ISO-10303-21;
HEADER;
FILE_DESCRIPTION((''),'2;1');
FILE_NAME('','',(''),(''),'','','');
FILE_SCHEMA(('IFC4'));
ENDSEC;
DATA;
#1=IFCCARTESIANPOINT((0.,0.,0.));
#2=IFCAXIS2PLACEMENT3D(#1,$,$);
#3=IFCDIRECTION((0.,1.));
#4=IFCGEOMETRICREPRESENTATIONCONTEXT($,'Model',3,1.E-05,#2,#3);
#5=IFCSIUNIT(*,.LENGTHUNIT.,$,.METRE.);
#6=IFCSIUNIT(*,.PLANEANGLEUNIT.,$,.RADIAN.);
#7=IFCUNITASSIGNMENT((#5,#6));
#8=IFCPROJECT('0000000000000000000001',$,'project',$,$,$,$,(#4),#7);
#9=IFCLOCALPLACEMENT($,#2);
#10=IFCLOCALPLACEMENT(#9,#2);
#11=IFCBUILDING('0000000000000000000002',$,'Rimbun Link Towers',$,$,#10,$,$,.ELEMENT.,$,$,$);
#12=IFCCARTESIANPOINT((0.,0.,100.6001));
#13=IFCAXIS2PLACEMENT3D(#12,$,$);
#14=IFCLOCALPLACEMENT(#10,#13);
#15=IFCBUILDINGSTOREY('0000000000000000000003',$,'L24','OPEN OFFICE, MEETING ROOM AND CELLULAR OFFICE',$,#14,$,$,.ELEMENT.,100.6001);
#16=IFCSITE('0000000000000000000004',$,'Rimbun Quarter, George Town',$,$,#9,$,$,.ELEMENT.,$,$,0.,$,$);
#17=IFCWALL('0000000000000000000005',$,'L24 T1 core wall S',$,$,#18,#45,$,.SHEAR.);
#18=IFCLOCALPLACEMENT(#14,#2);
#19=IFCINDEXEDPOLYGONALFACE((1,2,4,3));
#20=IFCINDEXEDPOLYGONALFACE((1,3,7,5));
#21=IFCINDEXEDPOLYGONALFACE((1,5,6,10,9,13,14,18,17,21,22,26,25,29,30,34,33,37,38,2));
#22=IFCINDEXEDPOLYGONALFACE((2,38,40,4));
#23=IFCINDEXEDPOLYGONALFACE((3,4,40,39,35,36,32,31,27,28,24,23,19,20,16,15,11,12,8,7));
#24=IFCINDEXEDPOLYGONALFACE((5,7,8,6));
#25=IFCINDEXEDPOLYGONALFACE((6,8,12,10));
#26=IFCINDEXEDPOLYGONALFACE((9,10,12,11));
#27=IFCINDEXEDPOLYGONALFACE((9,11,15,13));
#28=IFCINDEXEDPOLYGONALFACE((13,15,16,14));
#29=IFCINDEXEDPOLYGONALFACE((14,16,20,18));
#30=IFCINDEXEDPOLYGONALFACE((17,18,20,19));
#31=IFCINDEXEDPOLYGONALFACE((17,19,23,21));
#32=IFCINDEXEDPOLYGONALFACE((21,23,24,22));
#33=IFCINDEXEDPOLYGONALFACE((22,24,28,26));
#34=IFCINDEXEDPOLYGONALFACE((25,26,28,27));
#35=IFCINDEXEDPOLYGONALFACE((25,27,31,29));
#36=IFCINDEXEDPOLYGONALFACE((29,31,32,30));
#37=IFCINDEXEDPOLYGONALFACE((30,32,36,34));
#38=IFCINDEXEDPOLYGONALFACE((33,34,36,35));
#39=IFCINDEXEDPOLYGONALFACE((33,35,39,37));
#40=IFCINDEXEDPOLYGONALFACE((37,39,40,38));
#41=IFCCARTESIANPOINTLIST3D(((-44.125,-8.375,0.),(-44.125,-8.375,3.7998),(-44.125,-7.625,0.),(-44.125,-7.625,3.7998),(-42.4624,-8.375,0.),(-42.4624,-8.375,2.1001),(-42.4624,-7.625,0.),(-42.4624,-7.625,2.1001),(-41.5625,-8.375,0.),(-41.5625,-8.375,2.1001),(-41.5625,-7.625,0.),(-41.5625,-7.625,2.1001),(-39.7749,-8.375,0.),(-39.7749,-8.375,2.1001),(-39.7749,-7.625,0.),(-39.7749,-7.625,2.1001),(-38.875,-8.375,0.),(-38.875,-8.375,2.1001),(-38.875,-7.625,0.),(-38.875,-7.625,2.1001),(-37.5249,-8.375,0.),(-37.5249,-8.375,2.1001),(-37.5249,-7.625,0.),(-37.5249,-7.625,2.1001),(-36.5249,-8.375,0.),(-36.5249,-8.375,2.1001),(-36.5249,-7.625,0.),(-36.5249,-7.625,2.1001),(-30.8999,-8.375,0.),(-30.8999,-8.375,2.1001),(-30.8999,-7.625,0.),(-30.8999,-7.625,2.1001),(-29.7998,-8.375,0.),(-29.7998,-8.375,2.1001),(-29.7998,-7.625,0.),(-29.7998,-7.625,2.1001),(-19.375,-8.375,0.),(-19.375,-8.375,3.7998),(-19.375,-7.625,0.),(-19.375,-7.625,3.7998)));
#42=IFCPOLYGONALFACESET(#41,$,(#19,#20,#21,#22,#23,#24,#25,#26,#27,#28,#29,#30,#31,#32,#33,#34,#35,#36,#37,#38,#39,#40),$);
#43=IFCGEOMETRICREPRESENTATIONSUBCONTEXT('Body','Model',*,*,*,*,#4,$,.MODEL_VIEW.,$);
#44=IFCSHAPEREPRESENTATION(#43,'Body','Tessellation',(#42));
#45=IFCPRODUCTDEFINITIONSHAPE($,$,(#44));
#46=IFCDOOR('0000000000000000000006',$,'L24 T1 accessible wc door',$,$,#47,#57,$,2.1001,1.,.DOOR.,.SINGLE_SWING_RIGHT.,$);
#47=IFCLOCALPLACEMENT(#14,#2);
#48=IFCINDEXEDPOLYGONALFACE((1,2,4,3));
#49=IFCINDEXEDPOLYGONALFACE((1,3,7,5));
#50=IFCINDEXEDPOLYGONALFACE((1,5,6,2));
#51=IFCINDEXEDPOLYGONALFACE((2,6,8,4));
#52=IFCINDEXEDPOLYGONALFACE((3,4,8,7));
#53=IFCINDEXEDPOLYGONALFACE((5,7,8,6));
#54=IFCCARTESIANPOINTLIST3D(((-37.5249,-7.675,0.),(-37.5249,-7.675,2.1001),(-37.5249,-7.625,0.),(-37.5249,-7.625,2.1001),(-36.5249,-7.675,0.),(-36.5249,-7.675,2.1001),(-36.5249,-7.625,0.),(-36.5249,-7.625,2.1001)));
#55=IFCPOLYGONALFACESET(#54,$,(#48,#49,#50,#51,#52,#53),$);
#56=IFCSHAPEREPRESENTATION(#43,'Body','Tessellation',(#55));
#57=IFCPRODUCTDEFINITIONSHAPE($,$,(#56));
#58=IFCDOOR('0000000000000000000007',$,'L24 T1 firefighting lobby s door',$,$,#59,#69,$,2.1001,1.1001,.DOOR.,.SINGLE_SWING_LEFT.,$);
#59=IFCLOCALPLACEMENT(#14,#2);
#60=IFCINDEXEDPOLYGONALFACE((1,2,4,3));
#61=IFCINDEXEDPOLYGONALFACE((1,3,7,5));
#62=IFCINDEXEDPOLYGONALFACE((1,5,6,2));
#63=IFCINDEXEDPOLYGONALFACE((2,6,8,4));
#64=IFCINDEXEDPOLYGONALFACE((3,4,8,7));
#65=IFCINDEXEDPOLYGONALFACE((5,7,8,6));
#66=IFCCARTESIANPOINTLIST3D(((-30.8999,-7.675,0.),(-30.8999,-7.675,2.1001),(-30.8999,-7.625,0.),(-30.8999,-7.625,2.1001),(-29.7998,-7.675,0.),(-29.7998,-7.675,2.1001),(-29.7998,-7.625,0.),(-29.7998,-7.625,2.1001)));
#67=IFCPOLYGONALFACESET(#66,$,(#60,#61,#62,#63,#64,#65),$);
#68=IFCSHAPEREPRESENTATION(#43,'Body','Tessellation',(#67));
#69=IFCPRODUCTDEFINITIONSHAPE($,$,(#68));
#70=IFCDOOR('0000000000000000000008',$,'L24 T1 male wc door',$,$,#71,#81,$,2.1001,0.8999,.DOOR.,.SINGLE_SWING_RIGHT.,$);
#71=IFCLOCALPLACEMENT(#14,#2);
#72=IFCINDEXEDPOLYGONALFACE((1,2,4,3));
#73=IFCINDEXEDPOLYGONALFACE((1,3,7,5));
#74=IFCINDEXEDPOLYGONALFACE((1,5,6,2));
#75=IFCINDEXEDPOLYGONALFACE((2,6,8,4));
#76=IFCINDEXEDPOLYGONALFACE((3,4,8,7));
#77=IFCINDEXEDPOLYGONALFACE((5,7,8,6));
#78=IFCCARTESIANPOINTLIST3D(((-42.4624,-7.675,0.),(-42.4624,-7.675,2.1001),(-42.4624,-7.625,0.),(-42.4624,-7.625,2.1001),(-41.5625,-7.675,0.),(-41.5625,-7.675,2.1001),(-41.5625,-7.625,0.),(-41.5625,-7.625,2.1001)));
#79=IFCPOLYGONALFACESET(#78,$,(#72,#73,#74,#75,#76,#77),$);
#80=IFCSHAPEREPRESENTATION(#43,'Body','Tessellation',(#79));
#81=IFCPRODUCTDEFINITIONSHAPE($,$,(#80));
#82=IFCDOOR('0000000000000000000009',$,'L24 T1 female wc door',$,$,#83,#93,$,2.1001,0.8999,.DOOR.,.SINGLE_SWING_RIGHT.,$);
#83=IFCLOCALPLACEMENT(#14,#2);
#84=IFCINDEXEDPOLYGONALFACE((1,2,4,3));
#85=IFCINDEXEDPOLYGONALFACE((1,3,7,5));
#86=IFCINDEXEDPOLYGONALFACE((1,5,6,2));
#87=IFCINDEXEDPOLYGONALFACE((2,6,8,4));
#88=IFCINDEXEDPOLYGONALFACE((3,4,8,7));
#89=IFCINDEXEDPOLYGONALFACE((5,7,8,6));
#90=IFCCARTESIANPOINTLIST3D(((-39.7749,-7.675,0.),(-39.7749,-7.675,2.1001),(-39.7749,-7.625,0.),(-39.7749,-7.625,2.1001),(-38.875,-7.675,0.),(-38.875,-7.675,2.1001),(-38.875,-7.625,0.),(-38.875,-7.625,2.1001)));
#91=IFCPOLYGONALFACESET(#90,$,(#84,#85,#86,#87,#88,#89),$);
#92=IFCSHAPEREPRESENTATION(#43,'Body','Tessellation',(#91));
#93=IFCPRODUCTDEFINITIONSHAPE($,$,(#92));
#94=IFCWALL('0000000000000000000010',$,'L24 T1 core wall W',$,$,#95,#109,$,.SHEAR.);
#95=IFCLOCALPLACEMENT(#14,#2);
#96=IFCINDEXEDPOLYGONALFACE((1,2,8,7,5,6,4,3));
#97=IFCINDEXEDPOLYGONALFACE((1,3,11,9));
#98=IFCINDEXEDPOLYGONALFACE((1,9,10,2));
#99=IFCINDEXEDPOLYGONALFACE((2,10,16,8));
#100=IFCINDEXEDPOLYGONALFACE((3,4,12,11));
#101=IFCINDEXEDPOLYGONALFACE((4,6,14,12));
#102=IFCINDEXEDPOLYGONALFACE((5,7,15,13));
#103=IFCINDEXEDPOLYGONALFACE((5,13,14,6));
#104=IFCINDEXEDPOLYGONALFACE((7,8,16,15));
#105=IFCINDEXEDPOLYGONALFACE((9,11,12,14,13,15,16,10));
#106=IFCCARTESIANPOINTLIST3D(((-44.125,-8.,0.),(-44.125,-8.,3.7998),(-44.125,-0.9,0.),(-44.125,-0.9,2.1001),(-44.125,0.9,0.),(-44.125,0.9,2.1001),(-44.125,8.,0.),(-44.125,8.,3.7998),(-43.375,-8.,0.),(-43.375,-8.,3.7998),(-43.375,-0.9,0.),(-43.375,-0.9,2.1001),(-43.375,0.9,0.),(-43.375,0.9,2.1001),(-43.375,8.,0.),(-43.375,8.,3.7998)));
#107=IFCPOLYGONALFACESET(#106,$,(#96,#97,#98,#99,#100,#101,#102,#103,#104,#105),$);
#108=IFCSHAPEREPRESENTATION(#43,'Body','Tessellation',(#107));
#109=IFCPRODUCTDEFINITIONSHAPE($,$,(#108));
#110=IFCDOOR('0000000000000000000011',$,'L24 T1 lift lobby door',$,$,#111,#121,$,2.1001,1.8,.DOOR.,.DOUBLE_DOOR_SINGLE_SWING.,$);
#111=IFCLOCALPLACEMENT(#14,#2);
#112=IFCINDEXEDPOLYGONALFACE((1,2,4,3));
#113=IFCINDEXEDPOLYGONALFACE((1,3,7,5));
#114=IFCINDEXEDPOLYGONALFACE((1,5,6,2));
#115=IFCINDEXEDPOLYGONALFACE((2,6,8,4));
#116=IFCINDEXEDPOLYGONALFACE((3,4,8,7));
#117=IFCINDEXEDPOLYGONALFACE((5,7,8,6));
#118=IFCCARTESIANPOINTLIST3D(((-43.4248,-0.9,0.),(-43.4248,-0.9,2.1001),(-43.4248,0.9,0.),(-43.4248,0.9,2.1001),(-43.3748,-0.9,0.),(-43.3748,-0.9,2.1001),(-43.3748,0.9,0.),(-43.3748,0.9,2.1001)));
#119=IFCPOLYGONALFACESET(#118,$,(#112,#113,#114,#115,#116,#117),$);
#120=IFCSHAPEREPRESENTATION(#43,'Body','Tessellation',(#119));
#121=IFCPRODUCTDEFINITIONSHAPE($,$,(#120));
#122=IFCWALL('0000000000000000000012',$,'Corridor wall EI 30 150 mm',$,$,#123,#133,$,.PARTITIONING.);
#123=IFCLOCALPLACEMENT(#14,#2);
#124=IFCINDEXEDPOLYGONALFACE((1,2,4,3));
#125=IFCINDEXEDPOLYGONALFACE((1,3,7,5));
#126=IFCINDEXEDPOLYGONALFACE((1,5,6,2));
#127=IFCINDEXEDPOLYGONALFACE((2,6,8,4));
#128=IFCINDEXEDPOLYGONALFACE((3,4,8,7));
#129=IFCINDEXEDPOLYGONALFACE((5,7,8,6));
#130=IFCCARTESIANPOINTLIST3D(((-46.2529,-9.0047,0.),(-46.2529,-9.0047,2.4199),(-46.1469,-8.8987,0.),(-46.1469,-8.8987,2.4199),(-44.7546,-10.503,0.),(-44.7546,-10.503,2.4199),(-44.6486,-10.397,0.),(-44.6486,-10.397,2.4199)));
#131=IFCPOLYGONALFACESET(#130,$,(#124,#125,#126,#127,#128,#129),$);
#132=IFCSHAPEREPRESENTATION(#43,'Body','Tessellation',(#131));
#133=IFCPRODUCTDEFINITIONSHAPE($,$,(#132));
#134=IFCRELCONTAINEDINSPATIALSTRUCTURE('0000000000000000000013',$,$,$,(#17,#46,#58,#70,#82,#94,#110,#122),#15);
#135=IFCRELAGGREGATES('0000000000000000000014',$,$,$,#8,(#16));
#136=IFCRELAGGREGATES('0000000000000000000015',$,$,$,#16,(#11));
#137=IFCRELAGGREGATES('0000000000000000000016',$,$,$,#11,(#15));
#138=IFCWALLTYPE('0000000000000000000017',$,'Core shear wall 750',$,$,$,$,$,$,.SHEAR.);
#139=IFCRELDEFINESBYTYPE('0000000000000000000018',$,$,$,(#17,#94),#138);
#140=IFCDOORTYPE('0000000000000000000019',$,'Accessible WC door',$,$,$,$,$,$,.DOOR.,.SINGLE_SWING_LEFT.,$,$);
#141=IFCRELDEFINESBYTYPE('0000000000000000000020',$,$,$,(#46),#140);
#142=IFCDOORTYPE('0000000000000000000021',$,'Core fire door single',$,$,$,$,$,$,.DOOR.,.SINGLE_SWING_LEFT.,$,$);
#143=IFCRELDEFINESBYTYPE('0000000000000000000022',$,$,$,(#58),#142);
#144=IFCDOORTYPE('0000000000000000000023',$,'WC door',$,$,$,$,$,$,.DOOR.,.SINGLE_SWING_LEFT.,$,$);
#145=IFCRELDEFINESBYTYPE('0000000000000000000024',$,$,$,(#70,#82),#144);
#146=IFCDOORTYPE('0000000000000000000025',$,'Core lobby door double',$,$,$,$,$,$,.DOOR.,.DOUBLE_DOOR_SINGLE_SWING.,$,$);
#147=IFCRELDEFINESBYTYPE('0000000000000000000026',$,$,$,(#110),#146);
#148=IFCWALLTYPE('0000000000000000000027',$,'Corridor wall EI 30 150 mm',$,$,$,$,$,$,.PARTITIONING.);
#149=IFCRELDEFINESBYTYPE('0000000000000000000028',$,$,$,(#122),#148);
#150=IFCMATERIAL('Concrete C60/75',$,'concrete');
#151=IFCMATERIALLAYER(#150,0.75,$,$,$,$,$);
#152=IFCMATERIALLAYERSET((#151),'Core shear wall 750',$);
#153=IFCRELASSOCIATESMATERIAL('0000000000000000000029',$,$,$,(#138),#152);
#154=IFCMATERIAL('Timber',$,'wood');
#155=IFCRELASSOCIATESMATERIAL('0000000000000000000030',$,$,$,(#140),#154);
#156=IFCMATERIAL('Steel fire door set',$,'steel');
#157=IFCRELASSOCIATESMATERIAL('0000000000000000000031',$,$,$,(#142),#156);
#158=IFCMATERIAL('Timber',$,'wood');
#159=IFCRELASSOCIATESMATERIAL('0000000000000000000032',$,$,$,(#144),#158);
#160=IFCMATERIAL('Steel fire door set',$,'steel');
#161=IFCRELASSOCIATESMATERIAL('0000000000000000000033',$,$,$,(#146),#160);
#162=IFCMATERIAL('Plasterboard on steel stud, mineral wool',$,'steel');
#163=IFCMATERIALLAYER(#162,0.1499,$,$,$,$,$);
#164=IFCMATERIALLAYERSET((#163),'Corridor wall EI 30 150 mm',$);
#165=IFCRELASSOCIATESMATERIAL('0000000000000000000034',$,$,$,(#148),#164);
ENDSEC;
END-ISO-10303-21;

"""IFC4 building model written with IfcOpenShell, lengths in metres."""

from ifc_helpers import new_model, si_unit, direction, frame, frame_2d, origin, place, context, subcontext, project, spatial, rectangle, extrude, material, layer, layer_set, type_object, element, fill, save


model = new_model("IFC4")

# Units and contexts
model_context = context("Model", 3, precision=1e-05, world=origin(), true_north=direction((0.0, 1.0)))
body_context = subcontext(model_context, "Body", "Model", "MODEL_VIEW")
ifc_project = project(units=[si_unit("LENGTHUNIT", "METRE"), si_unit("PLANEANGLEUNIT", "RADIAN")], contexts=[model_context])

# Site, building, storey
site_placement = place(None, origin())
site = spatial("IfcSite", under=ifc_project, at=site_placement, Name="Rimbun Quarter, George Town", CompositionType="ELEMENT", RefElevation=0.0)
building_placement = place(site_placement, origin())
building = spatial("IfcBuilding", under=site, at=building_placement, Name="Rimbun Link Towers", CompositionType="ELEMENT")
storey_placement = place(building_placement, frame((0.0, 0.0, 100.6001)))
storey = spatial("IfcBuildingStorey", under=building, at=storey_placement, Name="L24", Description="OPEN OFFICE, MEETING ROOM AND CELLULAR OFFICE", CompositionType="ELEMENT", Elevation=100.6001)

# Wall, openings, doors
ifc_material_1 = material(Name="Concrete C60/75", Category="concrete")
ifc_layer_1 = layer(ifc_material_1, 0.75)
ifc_layer_set_1 = layer_set([ifc_layer_1], Name="Core shear wall 750")
wall_type_1 = type_object("IfcWallType", Name="Core shear wall 750", PredefinedType="SHEAR", material=ifc_layer_set_1)
wall_1_placement = place(storey_placement, frame((-44.125, -8.0, 0.0), z_axis=(0.0, 0.0, 1.0), x_axis=(1.0, 0.0, 0.0)))
wall_1 = element("IfcWall", 1, at=wall_1_placement, inside=storey, type_object=wall_type_1, Name="L24 T1 core wall S", PredefinedType="SHEAR", context=body_context, shape_type="SweptSolid", body=[
    extrude(rectangle(XDim=24.75, YDim=0.75, at=frame_2d((12.375, 0.0))), origin(), (0.0, 0.0, 1.0), 3.7998),
])
opening_1_placement = place(wall_1_placement, frame((13.2251, 0.0, 0.0)))
opening_1 = element("IfcOpeningElement", 2, at=opening_1_placement, cuts=wall_1, PredefinedType="OPENING", context=body_context, shape_type="SweptSolid", body=[
    extrude(rectangle(XDim=1.1001, YDim=2.1001, at=frame_2d((0.55, 1.05))), frame((0.0, 0.385, 0.0), z_axis=(0.0, -1.0, 0.0), x_axis=(1.0, 0.0, 0.0)), (0.0, 0.0, 1.0), 0.77),
])
opening_2_placement = place(wall_1_placement, frame((1.6626, 0.0, 0.0)))
opening_2 = element("IfcOpeningElement", 3, at=opening_2_placement, cuts=wall_1, PredefinedType="OPENING", context=body_context, shape_type="SweptSolid", body=[
    extrude(rectangle(XDim=0.8999, YDim=2.1001, at=frame_2d((0.45, 1.05))), frame((0.0, 0.385, 0.0), z_axis=(0.0, -1.0, 0.0), x_axis=(1.0, 0.0, 0.0)), (0.0, 0.0, 1.0), 0.77),
])
opening_3_placement = place(wall_1_placement, frame((4.3501, 0.0, 0.0)))
opening_3 = element("IfcOpeningElement", 4, at=opening_3_placement, cuts=wall_1, PredefinedType="OPENING", context=body_context, shape_type="SweptSolid", body=[
    extrude(rectangle(XDim=0.8999, YDim=2.1001, at=frame_2d((0.45, 1.05))), frame((0.0, 0.385, 0.0), z_axis=(0.0, -1.0, 0.0), x_axis=(1.0, 0.0, 0.0)), (0.0, 0.0, 1.0), 0.77),
])
opening_4_placement = place(wall_1_placement, frame((6.6001, 0.0, 0.0)))
opening_4 = element("IfcOpeningElement", 5, at=opening_4_placement, cuts=wall_1, PredefinedType="OPENING", context=body_context, shape_type="SweptSolid", body=[
    extrude(rectangle(XDim=1.0, YDim=2.1001, at=frame_2d((0.5, 1.05))), frame((0.0, 0.385, 0.0), z_axis=(0.0, -1.0, 0.0), x_axis=(1.0, 0.0, 0.0)), (0.0, 0.0, 1.0), 0.77),
])
ifc_material_2 = material(Name="Timber", Category="wood")
door_type_1 = type_object("IfcDoorType", Name="Accessible WC door", OperationType="SINGLE_SWING_LEFT", PredefinedType="DOOR", material=ifc_material_2)
door_1_placement = place(opening_4_placement, origin())
door_1 = element("IfcDoor", 6, at=door_1_placement, inside=storey, type_object=door_type_1, Name="L24 T1 accessible wc door", OperationType="SINGLE_SWING_RIGHT", OverallHeight=2.1001, OverallWidth=1.0, PredefinedType="DOOR", context=body_context, shape_type="SweptSolid", body=[
    extrude(rectangle(XDim=1.0, YDim=2.1001, at=frame_2d((0.5, 1.05))), frame((0.0, 0.375, 0.0), z_axis=(0.0, -1.0, 0.0), x_axis=(1.0, 0.0, 0.0)), (0.0, 0.0, 1.0), 0.05),
])
fill(opening_4, door_1)
ifc_material_3 = material(Name="Steel fire door set", Category="steel")
door_type_2 = type_object("IfcDoorType", Name="Core fire door single", OperationType="SINGLE_SWING_LEFT", PredefinedType="DOOR", material=ifc_material_3)
door_2_placement = place(opening_1_placement, origin())
door_2 = element("IfcDoor", 7, at=door_2_placement, inside=storey, type_object=door_type_2, Name="L24 T1 firefighting lobby s door", OperationType="SINGLE_SWING_LEFT", OverallHeight=2.1001, OverallWidth=1.1001, PredefinedType="DOOR", context=body_context, shape_type="SweptSolid", body=[
    extrude(rectangle(XDim=1.1001, YDim=2.1001, at=frame_2d((0.55, 1.05))), frame((0.0, 0.375, 0.0), z_axis=(0.0, -1.0, 0.0), x_axis=(1.0, 0.0, 0.0)), (0.0, 0.0, 1.0), 0.05),
])
fill(opening_1, door_2)
ifc_material_4 = material(Name="Timber", Category="wood")
door_type_3 = type_object("IfcDoorType", Name="WC door", OperationType="SINGLE_SWING_LEFT", PredefinedType="DOOR", material=ifc_material_4)
door_3_placement = place(opening_2_placement, origin())
door_3 = element("IfcDoor", 8, at=door_3_placement, inside=storey, type_object=door_type_3, Name="L24 T1 male wc door", OperationType="SINGLE_SWING_RIGHT", OverallHeight=2.1001, OverallWidth=0.8999, PredefinedType="DOOR", context=body_context, shape_type="SweptSolid", body=[
    extrude(rectangle(XDim=0.8999, YDim=2.1001, at=frame_2d((0.45, 1.05))), frame((0.0, 0.375, 0.0), z_axis=(0.0, -1.0, 0.0), x_axis=(1.0, 0.0, 0.0)), (0.0, 0.0, 1.0), 0.05),
])
fill(opening_2, door_3)
door_4_placement = place(opening_3_placement, origin())
door_4 = element("IfcDoor", 9, at=door_4_placement, inside=storey, type_object=door_type_3, Name="L24 T1 female wc door", OperationType="SINGLE_SWING_RIGHT", OverallHeight=2.1001, OverallWidth=0.8999, PredefinedType="DOOR", context=body_context, shape_type="SweptSolid", body=[
    extrude(rectangle(XDim=0.8999, YDim=2.1001, at=frame_2d((0.45, 1.05))), frame((0.0, 0.375, 0.0), z_axis=(0.0, -1.0, 0.0), x_axis=(1.0, 0.0, 0.0)), (0.0, 0.0, 1.0), 0.05),
])
fill(opening_3, door_4)

# Wall, opening, door
wall_2_placement = place(storey_placement, frame((-43.75, -8.0, 0.0), z_axis=(0.0, 0.0, 1.0), x_axis=(0.0, 1.0, 0.0)))
wall_2 = element("IfcWall", 10, at=wall_2_placement, inside=storey, type_object=wall_type_1, Name="L24 T1 core wall W", PredefinedType="SHEAR", context=body_context, shape_type="SweptSolid", body=[
    extrude(rectangle(XDim=16.0, YDim=0.75, at=frame_2d((8.0, 0.0))), origin(), (0.0, 0.0, 1.0), 3.7998),
])
opening_5_placement = place(wall_2_placement, frame((7.1001, 0.0, 0.0)))
opening_5 = element("IfcOpeningElement", 11, at=opening_5_placement, cuts=wall_2, PredefinedType="OPENING", context=body_context, shape_type="SweptSolid", body=[
    extrude(rectangle(XDim=1.8, YDim=2.1001, at=frame_2d((0.8999, 1.05))), frame((0.0, 0.385, 0.0), z_axis=(0.0, -1.0, 0.0), x_axis=(1.0, 0.0, 0.0)), (0.0, 0.0, 1.0), 0.77),
])
ifc_material_5 = material(Name="Steel fire door set", Category="steel")
door_type_4 = type_object("IfcDoorType", Name="Core lobby door double", OperationType="DOUBLE_DOOR_SINGLE_SWING", PredefinedType="DOOR", material=ifc_material_5)
door_5_placement = place(opening_5_placement, origin())
door_5 = element("IfcDoor", 12, at=door_5_placement, inside=storey, type_object=door_type_4, Name="L24 T1 lift lobby door", OperationType="DOUBLE_DOOR_SINGLE_SWING", OverallHeight=2.1001, OverallWidth=1.8, PredefinedType="DOOR", context=body_context, shape_type="SweptSolid", body=[
    extrude(rectangle(XDim=1.8, YDim=2.1001, at=frame_2d((0.8999, 1.05))), frame((0.0, -0.3252, 0.0), z_axis=(0.0, -1.0, 0.0), x_axis=(1.0, 0.0, 0.0)), (0.0, 0.0, 1.0), 0.05),
])
fill(opening_5, door_5)

# Wall
ifc_material_6 = material(Name="Plasterboard on steel stud, mineral wool", Category="steel")
ifc_layer_2 = layer(ifc_material_6, 0.1499)
ifc_layer_set_2 = layer_set([ifc_layer_2], Name="Corridor wall EI 30 150 mm")
wall_type_2 = type_object("IfcWallType", Name="Corridor wall EI 30 150 mm", PredefinedType="PARTITIONING", material=ifc_layer_set_2)
wall_3_placement = place(storey_placement, frame((-46.2, -8.9517, 0.0), z_axis=(0.0, 0.0, 1.0), x_axis=(0.707107, -0.707107, 0.0)))
element("IfcWall", 13, at=wall_3_placement, inside=storey, type_object=wall_type_2, Name="Corridor wall EI 30 150 mm", PredefinedType="PARTITIONING", context=body_context, shape_type="SweptSolid", body=[
    extrude(rectangle(XDim=2.1189, YDim=0.1499, at=frame_2d((1.0596, 0.0))), origin(), (0.0, 0.0, 1.0), 2.4199),
])

save(model, "model.ifc")
